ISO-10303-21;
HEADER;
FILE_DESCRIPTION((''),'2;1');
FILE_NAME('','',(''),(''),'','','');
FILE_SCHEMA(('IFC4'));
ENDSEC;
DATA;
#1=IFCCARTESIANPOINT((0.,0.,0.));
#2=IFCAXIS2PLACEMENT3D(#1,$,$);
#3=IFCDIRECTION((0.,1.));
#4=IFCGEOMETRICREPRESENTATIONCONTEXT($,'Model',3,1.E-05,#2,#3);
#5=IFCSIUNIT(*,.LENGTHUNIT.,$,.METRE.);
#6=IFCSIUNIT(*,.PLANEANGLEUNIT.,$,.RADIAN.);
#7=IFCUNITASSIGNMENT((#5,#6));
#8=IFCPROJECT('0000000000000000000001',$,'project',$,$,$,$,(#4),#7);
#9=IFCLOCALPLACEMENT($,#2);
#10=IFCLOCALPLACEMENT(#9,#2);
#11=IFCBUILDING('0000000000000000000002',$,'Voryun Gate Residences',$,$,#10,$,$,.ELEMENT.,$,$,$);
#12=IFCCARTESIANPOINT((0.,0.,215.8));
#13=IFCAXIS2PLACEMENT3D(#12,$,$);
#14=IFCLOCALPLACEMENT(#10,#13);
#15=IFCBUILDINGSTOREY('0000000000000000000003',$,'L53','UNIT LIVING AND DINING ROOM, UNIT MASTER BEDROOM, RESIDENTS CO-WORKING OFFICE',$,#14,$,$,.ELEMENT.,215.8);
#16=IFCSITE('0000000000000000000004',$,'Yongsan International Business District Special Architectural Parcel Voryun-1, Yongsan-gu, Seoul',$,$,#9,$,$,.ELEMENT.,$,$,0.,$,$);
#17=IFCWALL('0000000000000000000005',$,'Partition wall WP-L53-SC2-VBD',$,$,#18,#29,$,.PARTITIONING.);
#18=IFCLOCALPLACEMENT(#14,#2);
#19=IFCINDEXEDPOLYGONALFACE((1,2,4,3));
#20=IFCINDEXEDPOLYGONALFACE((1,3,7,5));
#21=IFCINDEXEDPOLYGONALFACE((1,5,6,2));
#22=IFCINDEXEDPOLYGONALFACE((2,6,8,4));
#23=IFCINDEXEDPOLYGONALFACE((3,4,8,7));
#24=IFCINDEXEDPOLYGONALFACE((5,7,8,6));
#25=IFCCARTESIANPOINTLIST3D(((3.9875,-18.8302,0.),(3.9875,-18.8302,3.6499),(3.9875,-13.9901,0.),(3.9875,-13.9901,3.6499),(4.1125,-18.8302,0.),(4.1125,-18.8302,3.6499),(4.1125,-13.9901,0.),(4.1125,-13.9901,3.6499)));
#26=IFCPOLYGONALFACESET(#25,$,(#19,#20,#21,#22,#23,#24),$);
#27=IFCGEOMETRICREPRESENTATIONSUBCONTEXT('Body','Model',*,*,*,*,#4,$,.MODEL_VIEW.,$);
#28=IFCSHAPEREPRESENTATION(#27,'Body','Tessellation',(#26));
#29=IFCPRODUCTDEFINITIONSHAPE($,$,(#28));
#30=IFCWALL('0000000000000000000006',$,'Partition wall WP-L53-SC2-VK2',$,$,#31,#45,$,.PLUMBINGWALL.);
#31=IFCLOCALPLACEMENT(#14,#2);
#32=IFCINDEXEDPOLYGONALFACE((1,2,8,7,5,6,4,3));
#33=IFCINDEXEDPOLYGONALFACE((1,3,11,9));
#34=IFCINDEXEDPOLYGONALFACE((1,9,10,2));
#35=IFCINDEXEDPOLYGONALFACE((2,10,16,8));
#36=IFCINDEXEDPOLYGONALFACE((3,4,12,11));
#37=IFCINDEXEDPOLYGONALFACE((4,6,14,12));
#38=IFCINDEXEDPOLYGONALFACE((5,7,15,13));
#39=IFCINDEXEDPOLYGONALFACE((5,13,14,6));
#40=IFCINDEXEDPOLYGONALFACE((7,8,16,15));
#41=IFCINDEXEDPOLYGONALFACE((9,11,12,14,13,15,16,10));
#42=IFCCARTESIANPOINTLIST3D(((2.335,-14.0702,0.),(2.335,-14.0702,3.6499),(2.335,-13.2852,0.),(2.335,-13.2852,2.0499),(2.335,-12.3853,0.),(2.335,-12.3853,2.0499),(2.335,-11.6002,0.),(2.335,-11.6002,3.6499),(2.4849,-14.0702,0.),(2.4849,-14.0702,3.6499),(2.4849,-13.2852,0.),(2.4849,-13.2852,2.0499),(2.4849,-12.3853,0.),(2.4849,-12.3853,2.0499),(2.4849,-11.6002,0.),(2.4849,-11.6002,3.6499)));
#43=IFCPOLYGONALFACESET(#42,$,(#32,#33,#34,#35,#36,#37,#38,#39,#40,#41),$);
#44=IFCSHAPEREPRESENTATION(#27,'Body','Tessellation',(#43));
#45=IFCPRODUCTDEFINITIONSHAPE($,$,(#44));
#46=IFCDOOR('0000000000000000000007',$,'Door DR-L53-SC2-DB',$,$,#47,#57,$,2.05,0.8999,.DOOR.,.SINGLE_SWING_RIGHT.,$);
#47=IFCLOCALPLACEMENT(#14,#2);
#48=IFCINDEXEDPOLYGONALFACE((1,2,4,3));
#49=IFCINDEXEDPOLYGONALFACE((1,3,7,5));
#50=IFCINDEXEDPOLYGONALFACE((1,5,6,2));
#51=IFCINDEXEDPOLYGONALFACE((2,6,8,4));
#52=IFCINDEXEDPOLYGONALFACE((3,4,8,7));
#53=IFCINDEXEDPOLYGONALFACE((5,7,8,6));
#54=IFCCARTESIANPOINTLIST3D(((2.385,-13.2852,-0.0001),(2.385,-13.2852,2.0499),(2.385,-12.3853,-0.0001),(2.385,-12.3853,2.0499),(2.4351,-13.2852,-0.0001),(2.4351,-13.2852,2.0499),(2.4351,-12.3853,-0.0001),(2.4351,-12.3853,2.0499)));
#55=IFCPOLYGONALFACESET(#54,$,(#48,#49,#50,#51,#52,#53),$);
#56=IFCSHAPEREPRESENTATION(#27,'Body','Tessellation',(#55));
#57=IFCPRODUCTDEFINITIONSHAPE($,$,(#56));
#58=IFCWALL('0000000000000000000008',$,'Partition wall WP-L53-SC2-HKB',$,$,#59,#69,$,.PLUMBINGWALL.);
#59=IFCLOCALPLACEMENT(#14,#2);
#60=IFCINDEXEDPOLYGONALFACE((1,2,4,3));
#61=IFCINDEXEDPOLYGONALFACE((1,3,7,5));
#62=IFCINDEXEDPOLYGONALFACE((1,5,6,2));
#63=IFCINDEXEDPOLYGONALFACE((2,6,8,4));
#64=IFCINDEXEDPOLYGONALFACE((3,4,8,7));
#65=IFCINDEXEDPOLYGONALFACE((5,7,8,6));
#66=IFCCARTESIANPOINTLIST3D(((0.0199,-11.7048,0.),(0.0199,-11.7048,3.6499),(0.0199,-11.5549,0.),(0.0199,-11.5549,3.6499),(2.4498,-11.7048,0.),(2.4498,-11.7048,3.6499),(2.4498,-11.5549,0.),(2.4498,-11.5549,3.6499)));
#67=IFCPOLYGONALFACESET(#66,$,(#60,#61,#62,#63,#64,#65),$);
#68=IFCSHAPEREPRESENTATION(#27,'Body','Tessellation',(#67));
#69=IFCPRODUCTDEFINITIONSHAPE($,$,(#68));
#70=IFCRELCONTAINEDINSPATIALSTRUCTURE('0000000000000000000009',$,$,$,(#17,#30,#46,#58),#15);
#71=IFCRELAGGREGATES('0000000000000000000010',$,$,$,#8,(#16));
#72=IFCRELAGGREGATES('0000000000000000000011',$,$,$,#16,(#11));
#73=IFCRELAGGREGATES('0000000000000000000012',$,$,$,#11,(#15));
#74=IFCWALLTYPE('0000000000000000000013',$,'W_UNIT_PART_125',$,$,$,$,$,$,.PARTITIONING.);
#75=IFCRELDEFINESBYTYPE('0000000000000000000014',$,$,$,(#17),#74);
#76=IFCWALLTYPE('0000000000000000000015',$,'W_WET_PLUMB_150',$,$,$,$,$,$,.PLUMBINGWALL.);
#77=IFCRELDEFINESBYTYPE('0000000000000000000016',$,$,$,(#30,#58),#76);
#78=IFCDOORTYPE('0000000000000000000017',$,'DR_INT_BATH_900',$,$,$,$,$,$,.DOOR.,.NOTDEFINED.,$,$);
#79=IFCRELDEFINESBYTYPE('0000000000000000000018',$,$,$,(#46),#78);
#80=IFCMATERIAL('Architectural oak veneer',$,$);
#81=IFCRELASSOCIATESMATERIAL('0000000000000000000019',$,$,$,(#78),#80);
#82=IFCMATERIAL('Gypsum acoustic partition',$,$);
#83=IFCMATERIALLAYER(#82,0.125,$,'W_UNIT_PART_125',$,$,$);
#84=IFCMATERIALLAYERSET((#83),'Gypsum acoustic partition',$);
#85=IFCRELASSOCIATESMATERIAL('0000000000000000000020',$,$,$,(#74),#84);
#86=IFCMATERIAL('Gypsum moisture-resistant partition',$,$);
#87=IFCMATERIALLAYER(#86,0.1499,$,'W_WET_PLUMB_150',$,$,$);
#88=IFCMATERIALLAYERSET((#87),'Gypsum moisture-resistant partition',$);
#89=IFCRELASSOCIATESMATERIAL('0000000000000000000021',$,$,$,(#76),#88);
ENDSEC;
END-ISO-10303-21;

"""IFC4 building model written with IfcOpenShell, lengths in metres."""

from ifc_helpers import new_model, si_unit, direction, frame, frame_2d, origin, place, context, subcontext, project, spatial, rectangle, extrude, material, layer, layer_set, type_object, element, fill, save


model = new_model("IFC4")

# Units and contexts
model_context = context("Model", 3, precision=1e-05, world=origin(), true_north=direction((0.0, 1.0)))
body_context = subcontext(model_context, "Body", "Model", "MODEL_VIEW")
ifc_project = project(units=[si_unit("LENGTHUNIT", "METRE"), si_unit("PLANEANGLEUNIT", "RADIAN")], contexts=[model_context])

# Site, building, storey
site_placement = place(None, origin())
site = spatial("IfcSite", under=ifc_project, at=site_placement, Name="Yongsan International Business District Special Architectural Parcel Voryun-1, Yongsan-gu, Seoul", CompositionType="ELEMENT", RefElevation=0.0)
building_placement = place(site_placement, origin())
building = spatial("IfcBuilding", under=site, at=building_placement, Name="Voryun Gate Residences", CompositionType="ELEMENT")
storey_placement = place(building_placement, frame((0.0, 0.0, 215.8)))
storey = spatial("IfcBuildingStorey", under=building, at=storey_placement, Name="L53", Description="UNIT LIVING AND DINING ROOM, UNIT MASTER BEDROOM, RESIDENTS CO-WORKING OFFICE", CompositionType="ELEMENT", Elevation=215.8)

# Shared definitions
ifc_material_1 = material(Name="Architectural oak veneer")
door_type_1 = type_object("IfcDoorType", Name="DR_INT_BATH_900", OperationType="NOTDEFINED", PredefinedType="DOOR", material=ifc_material_1)

# Shared definitions
ifc_material_2 = material(Name="Gypsum acoustic partition")
ifc_layer_1 = layer(ifc_material_2, 0.125, Name="W_UNIT_PART_125")
ifc_layer_set_1 = layer_set([ifc_layer_1], Name="Gypsum acoustic partition")
wall_type_1 = type_object("IfcWallType", Name="W_UNIT_PART_125", PredefinedType="PARTITIONING", material=ifc_layer_set_1)

# Wall
wall_1_placement = place(storey_placement, frame((4.05, -18.8301, 0.0), z_axis=(0.0, 0.0, 1.0), x_axis=(0.0, 1.0, 0.0)))
element("IfcWall", 1, at=wall_1_placement, inside=storey, type_object=wall_type_1, Name="Partition wall WP-L53-SC2-VBD", PredefinedType="PARTITIONING", context=body_context, shape_type="SweptSolid", body=[
    extrude(rectangle(XDim=4.8401, YDim=0.125, at=frame_2d((2.4199, 0.0))), origin(), (0.0, 0.0, 1.0), 3.6499),
])

# Wall, opening, door
ifc_material_3 = material(Name="Gypsum moisture-resistant partition")
ifc_layer_2 = layer(ifc_material_3, 0.1499, Name="W_WET_PLUMB_150")
ifc_layer_set_2 = layer_set([ifc_layer_2], Name="Gypsum moisture-resistant partition")
wall_type_2 = type_object("IfcWallType", Name="W_WET_PLUMB_150", PredefinedType="PLUMBINGWALL", material=ifc_layer_set_2)
wall_2_placement = place(storey_placement, frame((2.4099, -14.0701, 0.0), z_axis=(0.0, 0.0, 1.0), x_axis=(0.0, 1.0, 0.0)))
wall_2 = element("IfcWall", 2, at=wall_2_placement, inside=storey, type_object=wall_type_2, Name="Partition wall WP-L53-SC2-VK2", PredefinedType="PLUMBINGWALL", context=body_context, shape_type="SweptSolid", body=[
    extrude(rectangle(XDim=2.47, YDim=0.1499, at=frame_2d((1.2349, 0.0))), origin(), (0.0, 0.0, 1.0), 3.6499),
])
opening_1_placement = place(wall_2_placement, frame((0.7849, 0.0, 0.0)))
opening_1 = element("IfcOpeningElement", 3, at=opening_1_placement, cuts=wall_2, PredefinedType="OPENING", context=body_context, shape_type="SweptSolid", body=[
    extrude(rectangle(XDim=0.8999, YDim=2.05, at=frame_2d((0.45, 1.0249))), frame((0.0, 0.085, 0.0), z_axis=(0.0, -1.0, 0.0), x_axis=(1.0, 0.0, 0.0)), (0.0, 0.0, 1.0), 0.1699),
])
door_1_placement = place(opening_1_placement, origin())
door_1 = element("IfcDoor", 4, at=door_1_placement, inside=storey, type_object=door_type_1, Name="Door DR-L53-SC2-DB", OperationType="SINGLE_SWING_RIGHT", OverallHeight=2.05, OverallWidth=0.8999, PredefinedType="DOOR", context=body_context, shape_type="SweptSolid", body=[
    extrude(rectangle(XDim=0.8999, YDim=2.05, at=frame_2d((0.45, 1.0249))), frame((0.0, 0.0249, 0.0), z_axis=(0.0, -1.0, 0.0), x_axis=(1.0, 0.0, 0.0)), (0.0, 0.0, 1.0), 0.05),
])
fill(opening_1, door_1)

# Wall
wall_3_placement = place(storey_placement, frame((0.02, -11.6299, 0.0), z_axis=(0.0, 0.0, 1.0), x_axis=(1.0, 0.0, 0.0)))
element("IfcWall", 5, at=wall_3_placement, inside=storey, type_object=wall_type_2, Name="Partition wall WP-L53-SC2-HKB", PredefinedType="PLUMBINGWALL", context=body_context, shape_type="SweptSolid", body=[
    extrude(rectangle(XDim=2.4299, YDim=0.1499, at=frame_2d((1.2148, 0.0))), origin(), (0.0, 0.0, 1.0), 3.6499),
])

save(model, "model.ifc")
